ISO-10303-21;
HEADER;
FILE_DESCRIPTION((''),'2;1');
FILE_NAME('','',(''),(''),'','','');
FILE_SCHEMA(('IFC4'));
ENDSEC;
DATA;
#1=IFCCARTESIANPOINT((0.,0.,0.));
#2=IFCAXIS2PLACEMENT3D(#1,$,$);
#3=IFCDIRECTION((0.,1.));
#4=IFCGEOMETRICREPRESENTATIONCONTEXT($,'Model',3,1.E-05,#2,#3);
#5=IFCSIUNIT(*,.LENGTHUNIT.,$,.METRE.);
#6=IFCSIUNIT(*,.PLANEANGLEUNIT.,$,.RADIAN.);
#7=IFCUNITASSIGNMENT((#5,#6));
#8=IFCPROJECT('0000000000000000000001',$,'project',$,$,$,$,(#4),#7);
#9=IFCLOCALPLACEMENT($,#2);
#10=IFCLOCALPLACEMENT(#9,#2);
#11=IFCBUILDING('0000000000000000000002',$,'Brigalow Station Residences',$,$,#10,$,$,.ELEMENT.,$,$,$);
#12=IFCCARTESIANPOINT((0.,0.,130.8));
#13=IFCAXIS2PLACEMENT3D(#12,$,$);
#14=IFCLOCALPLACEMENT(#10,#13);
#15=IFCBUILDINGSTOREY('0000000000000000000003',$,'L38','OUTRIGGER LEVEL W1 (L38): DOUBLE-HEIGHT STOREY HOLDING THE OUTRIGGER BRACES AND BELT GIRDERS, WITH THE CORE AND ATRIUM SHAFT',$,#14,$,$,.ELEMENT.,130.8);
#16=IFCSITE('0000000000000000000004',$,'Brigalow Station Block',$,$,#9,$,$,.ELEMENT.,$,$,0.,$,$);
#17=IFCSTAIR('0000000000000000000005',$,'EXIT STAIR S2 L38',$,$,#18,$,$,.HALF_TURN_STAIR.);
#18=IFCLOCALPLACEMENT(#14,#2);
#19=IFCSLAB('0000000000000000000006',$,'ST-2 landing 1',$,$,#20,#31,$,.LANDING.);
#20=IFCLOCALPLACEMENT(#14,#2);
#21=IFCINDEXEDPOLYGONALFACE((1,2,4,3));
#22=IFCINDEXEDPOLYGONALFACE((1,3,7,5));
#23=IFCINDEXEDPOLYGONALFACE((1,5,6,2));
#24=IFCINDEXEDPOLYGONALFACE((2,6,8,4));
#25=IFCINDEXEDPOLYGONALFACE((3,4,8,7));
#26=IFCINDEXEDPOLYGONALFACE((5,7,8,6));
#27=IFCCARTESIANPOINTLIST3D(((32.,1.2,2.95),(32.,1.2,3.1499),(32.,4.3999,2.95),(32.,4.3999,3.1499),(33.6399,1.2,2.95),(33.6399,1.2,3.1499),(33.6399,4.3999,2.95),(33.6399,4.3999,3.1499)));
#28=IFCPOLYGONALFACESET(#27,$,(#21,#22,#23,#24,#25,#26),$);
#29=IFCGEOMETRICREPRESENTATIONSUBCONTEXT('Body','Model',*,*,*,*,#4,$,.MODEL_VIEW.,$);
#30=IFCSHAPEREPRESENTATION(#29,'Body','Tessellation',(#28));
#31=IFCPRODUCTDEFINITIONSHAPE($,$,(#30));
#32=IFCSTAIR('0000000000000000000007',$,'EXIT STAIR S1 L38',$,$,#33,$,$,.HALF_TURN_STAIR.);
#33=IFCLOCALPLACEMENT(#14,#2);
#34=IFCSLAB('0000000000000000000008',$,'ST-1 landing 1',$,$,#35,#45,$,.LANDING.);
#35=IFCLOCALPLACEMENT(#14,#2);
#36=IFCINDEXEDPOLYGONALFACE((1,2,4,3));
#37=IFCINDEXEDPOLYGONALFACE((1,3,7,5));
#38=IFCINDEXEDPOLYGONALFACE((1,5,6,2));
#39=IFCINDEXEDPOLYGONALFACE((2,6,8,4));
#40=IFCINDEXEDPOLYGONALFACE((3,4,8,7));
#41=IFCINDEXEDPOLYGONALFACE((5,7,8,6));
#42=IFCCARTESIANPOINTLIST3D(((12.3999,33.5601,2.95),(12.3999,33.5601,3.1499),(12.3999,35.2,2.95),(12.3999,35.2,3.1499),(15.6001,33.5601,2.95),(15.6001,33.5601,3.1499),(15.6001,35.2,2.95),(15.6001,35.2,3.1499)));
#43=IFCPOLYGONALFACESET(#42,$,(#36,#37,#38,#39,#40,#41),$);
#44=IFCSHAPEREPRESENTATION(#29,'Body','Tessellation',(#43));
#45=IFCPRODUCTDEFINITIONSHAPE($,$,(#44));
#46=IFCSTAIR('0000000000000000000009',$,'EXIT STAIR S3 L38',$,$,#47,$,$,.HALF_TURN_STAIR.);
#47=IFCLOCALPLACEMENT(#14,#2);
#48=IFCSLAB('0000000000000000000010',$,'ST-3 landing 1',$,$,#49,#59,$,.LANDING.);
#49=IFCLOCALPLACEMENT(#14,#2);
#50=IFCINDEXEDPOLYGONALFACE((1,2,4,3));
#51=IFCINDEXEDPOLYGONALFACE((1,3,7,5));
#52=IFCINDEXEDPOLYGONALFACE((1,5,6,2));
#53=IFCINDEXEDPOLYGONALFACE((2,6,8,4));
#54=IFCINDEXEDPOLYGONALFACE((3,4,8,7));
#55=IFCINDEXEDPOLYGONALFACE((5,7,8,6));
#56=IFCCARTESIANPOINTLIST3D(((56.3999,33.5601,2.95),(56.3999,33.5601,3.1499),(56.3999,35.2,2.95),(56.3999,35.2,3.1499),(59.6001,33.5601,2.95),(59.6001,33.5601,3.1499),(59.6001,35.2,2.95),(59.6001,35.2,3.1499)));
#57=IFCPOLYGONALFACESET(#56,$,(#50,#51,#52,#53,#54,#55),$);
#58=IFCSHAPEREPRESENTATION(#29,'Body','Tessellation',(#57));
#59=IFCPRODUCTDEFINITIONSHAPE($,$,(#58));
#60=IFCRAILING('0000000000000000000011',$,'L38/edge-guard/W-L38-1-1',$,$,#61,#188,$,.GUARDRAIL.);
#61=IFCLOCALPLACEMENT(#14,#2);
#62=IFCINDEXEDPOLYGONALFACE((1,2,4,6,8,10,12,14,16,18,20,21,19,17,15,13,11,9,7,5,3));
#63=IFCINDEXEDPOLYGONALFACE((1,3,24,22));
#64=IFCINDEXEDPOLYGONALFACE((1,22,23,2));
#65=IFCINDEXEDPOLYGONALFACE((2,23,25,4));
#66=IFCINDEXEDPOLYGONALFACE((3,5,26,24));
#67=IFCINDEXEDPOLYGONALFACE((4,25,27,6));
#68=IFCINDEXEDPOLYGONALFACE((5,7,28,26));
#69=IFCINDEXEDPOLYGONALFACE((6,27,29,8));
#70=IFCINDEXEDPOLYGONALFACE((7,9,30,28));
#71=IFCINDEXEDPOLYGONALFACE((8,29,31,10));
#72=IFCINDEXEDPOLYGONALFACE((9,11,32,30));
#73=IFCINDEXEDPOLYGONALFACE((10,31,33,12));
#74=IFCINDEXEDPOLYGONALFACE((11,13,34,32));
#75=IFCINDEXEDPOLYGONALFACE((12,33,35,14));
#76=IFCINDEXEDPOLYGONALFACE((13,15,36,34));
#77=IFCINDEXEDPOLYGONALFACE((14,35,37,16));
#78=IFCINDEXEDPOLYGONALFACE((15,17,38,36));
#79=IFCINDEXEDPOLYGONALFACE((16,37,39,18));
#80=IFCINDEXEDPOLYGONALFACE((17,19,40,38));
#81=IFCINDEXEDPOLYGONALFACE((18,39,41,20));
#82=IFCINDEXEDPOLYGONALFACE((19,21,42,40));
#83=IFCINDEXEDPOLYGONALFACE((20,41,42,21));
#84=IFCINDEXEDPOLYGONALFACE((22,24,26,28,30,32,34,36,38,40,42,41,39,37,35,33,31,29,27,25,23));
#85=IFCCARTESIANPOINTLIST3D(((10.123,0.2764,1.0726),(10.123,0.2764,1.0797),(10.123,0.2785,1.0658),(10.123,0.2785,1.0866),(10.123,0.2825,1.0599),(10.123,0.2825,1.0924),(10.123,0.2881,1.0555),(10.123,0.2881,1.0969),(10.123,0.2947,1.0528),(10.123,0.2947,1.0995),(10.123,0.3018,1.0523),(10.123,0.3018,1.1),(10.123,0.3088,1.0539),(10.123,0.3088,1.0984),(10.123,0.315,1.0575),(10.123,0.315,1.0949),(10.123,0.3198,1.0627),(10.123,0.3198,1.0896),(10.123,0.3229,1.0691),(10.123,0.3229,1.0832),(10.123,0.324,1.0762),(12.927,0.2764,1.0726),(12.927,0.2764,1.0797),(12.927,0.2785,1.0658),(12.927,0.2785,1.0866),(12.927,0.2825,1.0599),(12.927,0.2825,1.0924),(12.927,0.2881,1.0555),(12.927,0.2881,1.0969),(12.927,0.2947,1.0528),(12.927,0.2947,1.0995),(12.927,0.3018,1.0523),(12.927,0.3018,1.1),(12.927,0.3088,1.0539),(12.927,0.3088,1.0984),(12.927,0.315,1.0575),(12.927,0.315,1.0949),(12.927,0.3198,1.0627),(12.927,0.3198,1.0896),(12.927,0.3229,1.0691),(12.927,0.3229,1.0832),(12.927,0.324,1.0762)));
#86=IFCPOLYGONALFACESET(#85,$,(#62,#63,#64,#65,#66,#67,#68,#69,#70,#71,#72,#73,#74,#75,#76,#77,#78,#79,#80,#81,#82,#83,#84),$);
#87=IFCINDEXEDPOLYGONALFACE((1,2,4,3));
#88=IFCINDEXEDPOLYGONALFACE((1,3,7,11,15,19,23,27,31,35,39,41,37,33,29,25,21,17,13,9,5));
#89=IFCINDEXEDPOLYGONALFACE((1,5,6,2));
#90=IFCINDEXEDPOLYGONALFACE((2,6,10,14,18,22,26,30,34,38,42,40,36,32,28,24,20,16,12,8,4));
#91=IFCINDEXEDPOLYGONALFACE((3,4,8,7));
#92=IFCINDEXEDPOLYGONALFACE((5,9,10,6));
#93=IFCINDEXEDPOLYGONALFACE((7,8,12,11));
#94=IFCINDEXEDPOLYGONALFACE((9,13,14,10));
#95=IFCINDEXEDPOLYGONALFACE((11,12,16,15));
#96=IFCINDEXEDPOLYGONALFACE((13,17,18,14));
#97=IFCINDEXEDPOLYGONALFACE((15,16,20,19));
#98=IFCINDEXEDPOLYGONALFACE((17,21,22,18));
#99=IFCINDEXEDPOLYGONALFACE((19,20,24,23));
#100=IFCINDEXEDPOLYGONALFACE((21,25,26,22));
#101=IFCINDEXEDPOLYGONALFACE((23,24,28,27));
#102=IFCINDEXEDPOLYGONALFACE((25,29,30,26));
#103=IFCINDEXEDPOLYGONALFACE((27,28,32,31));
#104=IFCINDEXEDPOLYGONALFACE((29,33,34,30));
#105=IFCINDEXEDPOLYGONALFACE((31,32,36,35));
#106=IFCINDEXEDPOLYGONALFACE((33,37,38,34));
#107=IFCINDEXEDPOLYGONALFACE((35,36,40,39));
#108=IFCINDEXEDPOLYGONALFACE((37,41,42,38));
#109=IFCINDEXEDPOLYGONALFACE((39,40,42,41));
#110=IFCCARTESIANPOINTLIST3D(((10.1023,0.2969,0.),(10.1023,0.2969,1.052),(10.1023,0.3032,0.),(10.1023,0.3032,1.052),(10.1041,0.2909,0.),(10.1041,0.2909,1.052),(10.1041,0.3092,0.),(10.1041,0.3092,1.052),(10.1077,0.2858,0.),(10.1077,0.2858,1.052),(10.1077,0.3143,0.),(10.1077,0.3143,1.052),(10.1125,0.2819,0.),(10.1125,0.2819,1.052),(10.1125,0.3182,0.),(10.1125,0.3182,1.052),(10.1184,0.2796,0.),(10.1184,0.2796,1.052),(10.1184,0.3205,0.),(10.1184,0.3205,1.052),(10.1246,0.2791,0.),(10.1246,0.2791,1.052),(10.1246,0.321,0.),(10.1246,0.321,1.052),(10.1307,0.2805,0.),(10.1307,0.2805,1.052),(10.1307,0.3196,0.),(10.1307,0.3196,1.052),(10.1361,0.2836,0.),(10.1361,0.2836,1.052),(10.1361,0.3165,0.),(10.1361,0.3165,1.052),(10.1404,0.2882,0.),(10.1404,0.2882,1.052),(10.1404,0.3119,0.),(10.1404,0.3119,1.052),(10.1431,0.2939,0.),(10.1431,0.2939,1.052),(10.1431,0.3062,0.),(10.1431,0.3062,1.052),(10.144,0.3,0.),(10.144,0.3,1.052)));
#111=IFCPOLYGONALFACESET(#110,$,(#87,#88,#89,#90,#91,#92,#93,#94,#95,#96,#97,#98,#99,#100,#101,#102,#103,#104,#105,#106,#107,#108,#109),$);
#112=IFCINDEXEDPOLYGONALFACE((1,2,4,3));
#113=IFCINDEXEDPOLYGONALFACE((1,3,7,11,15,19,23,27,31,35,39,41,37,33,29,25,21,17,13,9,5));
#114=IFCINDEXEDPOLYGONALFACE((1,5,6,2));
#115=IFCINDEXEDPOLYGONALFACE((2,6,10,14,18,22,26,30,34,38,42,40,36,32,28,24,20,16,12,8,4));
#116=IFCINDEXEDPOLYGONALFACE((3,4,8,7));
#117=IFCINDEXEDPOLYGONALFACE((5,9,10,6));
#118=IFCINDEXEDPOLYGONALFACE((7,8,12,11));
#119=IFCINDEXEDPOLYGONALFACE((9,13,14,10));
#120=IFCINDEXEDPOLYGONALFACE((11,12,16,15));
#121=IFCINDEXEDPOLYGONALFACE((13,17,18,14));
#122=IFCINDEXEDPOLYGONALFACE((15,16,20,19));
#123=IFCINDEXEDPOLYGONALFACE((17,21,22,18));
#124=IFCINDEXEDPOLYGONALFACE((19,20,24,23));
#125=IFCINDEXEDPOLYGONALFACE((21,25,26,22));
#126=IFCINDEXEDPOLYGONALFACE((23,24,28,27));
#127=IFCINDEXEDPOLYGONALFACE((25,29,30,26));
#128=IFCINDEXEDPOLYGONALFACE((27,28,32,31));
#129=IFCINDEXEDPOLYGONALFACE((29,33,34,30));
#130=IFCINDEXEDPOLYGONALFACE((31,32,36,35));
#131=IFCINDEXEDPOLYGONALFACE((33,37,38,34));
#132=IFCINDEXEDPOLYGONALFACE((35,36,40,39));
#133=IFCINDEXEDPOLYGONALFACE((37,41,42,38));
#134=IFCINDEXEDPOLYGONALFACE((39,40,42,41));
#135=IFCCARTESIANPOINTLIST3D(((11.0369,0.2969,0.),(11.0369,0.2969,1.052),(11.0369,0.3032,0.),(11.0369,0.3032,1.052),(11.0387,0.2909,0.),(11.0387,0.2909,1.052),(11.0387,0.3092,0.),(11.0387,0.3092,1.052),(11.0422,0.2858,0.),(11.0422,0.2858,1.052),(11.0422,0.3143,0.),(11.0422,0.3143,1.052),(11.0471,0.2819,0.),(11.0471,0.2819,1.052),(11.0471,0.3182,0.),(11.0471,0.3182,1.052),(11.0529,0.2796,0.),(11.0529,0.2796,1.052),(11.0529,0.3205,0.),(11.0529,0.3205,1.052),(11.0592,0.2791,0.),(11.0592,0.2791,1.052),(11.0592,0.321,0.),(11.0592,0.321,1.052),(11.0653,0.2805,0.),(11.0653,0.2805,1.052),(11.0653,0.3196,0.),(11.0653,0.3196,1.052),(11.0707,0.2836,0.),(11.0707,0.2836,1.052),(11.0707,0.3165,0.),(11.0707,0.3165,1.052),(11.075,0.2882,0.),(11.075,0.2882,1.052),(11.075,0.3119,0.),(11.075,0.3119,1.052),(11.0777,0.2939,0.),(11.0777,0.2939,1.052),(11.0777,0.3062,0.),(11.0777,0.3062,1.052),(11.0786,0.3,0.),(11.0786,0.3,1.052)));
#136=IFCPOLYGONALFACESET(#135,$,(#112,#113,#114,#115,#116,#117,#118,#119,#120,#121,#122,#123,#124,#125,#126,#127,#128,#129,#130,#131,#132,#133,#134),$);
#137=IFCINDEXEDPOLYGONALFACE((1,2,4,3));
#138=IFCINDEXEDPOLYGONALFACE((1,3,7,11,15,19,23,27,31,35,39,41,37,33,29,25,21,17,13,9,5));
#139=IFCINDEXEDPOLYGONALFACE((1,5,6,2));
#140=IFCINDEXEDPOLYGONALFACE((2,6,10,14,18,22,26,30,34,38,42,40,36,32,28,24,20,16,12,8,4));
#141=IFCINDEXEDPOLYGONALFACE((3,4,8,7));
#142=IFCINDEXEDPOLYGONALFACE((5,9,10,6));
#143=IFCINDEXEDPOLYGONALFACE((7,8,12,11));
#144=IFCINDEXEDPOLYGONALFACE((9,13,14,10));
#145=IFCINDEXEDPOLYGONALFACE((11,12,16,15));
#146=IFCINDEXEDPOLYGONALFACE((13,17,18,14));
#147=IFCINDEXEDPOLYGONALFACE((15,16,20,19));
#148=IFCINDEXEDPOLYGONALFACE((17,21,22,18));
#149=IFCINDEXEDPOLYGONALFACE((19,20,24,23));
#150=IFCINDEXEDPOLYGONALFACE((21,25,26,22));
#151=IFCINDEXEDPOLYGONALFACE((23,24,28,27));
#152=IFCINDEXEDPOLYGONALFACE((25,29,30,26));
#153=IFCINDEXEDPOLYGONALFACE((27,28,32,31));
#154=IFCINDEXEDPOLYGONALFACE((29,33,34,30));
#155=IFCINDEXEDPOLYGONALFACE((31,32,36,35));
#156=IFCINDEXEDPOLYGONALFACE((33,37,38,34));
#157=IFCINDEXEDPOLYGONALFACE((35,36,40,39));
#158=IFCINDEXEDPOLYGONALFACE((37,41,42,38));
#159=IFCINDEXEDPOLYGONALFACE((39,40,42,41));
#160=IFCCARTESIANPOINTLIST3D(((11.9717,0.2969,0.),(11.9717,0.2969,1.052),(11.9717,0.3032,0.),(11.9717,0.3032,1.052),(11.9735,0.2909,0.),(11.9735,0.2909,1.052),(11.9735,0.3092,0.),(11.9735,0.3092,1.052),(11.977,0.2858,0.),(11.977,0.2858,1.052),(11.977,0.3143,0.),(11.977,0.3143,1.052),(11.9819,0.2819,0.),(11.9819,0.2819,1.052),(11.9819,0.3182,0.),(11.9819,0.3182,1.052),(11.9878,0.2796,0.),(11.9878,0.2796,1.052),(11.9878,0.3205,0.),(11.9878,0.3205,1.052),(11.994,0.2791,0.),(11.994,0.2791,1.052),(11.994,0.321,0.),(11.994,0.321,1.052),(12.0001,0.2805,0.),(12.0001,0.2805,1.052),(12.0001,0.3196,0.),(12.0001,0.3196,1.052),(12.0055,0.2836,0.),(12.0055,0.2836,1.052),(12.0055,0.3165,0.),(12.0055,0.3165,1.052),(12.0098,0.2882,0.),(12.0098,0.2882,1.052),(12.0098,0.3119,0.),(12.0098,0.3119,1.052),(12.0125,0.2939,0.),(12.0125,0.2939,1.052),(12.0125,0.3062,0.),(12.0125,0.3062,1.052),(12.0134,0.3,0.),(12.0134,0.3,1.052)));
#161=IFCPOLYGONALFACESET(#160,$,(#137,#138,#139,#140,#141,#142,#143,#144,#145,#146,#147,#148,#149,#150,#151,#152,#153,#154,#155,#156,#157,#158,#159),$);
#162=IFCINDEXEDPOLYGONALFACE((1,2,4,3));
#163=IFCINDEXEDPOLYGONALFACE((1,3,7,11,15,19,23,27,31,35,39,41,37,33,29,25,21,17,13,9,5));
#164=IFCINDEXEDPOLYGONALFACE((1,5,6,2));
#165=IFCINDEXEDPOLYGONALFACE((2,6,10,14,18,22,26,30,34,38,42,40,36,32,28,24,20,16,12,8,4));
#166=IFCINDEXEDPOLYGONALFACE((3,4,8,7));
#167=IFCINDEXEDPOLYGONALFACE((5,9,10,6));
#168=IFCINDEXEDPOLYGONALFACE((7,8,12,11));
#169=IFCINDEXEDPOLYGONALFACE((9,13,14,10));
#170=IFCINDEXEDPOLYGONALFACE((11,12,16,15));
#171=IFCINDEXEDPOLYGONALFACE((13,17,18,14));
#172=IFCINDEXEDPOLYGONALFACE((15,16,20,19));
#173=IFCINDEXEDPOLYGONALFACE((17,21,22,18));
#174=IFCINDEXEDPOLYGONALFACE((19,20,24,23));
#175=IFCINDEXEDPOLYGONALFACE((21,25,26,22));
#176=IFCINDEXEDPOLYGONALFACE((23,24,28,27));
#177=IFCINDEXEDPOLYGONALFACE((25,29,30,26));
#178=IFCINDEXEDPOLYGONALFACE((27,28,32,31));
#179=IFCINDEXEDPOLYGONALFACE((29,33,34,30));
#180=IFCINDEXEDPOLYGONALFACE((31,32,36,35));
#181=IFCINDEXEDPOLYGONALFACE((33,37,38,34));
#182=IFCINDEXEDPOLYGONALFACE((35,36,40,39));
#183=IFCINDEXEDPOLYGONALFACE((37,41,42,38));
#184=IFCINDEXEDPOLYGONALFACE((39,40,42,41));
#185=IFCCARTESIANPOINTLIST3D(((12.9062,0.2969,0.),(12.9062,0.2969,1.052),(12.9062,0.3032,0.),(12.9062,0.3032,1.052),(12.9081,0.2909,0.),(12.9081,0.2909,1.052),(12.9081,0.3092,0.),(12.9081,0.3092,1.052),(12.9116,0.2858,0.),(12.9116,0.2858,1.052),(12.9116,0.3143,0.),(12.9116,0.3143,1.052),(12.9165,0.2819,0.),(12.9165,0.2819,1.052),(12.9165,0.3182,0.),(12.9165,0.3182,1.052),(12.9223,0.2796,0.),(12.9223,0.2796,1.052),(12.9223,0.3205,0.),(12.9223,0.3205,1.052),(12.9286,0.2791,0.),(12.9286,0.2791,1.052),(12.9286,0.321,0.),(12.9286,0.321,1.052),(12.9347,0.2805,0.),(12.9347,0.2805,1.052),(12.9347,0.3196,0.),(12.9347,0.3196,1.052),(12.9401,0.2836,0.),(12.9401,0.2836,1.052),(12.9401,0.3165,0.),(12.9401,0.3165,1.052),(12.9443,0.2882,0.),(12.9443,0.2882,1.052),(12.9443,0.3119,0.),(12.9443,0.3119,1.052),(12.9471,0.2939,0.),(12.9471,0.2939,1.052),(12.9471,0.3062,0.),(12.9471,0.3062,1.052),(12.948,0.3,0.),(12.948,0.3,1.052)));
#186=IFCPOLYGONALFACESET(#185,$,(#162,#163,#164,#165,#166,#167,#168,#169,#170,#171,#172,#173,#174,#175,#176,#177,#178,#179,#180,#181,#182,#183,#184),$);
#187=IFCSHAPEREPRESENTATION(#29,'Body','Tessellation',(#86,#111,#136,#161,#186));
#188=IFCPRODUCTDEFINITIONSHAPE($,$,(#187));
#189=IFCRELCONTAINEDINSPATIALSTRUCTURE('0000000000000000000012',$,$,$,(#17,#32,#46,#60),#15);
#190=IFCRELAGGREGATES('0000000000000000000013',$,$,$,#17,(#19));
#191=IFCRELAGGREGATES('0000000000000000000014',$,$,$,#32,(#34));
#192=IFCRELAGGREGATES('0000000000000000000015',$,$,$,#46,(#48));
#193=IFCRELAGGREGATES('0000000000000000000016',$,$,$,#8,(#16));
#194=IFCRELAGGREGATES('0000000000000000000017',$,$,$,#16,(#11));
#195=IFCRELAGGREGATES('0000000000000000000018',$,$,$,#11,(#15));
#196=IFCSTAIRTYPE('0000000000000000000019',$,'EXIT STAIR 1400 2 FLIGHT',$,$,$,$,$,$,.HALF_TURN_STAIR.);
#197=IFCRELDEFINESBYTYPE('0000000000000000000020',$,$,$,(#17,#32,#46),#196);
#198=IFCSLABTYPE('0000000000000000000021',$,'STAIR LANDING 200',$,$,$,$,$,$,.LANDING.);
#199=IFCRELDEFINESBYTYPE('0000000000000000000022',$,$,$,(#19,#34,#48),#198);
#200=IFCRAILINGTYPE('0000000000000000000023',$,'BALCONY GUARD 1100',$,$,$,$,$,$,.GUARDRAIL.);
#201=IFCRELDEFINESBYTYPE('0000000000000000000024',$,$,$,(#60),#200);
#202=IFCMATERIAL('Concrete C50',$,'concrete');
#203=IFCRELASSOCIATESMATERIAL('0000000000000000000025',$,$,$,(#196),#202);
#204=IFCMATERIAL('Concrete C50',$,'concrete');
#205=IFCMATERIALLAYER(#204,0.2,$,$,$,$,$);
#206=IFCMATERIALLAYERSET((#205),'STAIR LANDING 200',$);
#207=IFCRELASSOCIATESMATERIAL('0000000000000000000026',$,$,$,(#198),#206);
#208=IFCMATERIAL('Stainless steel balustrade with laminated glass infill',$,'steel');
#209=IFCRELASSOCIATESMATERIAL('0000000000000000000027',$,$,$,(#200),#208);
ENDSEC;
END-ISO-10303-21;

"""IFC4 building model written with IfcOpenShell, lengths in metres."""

from ifc_helpers import new_model, si_unit, direction, frame, origin, origin_2d, place, context, subcontext, project, spatial, polyline, circle, outline, extrude, material, layer, layer_set, type_object, element, aggregate, save


model = new_model("IFC4")

# Units and contexts
model_context = context("Model", 3, precision=1e-05, world=origin(), true_north=direction((0.0, 1.0)))
body_context = subcontext(model_context, "Body", "Model", "MODEL_VIEW")
ifc_project = project(units=[si_unit("LENGTHUNIT", "METRE"), si_unit("PLANEANGLEUNIT", "RADIAN")], contexts=[model_context])

# Site, building, storey
site_placement = place(None, origin())
site = spatial("IfcSite", under=ifc_project, at=site_placement, Name="Brigalow Station Block", CompositionType="ELEMENT", RefElevation=0.0)
building_placement = place(site_placement, origin())
building = spatial("IfcBuilding", under=site, at=building_placement, Name="Brigalow Station Residences", CompositionType="ELEMENT")
storey_placement = place(building_placement, frame((0.0, 0.0, 130.8)))
storey = spatial("IfcBuildingStorey", under=building, at=storey_placement, Name="L38", Description="OUTRIGGER LEVEL W1 (L38): DOUBLE-HEIGHT STOREY HOLDING THE OUTRIGGER BRACES AND BELT GIRDERS, WITH THE CORE AND ATRIUM SHAFT", CompositionType="ELEMENT", Elevation=130.8)

# Stairs, slabs
ifc_material_1 = material(Name="Concrete C50", Category="concrete")
stair_type = type_object("IfcStairType", Name="EXIT STAIR 1400 2 FLIGHT", PredefinedType="HALF_TURN_STAIR", material=ifc_material_1)
stair_1_placement = place(storey_placement, origin())
stair_1 = element("IfcStair", 1, at=stair_1_placement, inside=storey, type_object=stair_type, Name="EXIT STAIR S2 L38", PredefinedType="HALF_TURN_STAIR")
ifc_material_2 = material(Name="Concrete C50", Category="concrete")
ifc_layer_1 = layer(ifc_material_2, 0.2)
ifc_layer_set_1 = layer_set([ifc_layer_1], Name="STAIR LANDING 200")
slab_type_1 = type_object("IfcSlabType", Name="STAIR LANDING 200", PredefinedType="LANDING", material=ifc_layer_set_1)
slab_1_placement = place(storey_placement, frame((0.0, 0.0, 2.95)))
slab_1 = element("IfcSlab", 2, at=slab_1_placement, type_object=slab_type_1, Name="ST-2 landing 1", PredefinedType="LANDING", context=body_context, shape_type="SweptSolid", body=[
    extrude(outline(polyline([(32.0, 1.2), (33.6399, 1.2), (33.6399, 4.3999), (32.0, 4.3999), (32.0, 1.2)])), origin(), (0.0, 0.0, 1.0), 0.2),
])
aggregate(stair_1, [slab_1])
stair_2_placement = place(storey_placement, origin())
stair_2 = element("IfcStair", 3, at=stair_2_placement, inside=storey, type_object=stair_type, Name="EXIT STAIR S1 L38", PredefinedType="HALF_TURN_STAIR")
slab_2_placement = place(storey_placement, frame((0.0, 0.0, 2.95)))
slab_2 = element("IfcSlab", 4, at=slab_2_placement, type_object=slab_type_1, Name="ST-1 landing 1", PredefinedType="LANDING", context=body_context, shape_type="SweptSolid", body=[
    extrude(outline(polyline([(12.3999, 33.5601), (15.6001, 33.5601), (15.6001, 35.2), (12.3999, 35.2), (12.3999, 33.5601)])), origin(), (0.0, 0.0, 1.0), 0.2),
])
aggregate(stair_2, [slab_2])
stair_3_placement = place(storey_placement, origin())
stair_3 = element("IfcStair", 5, at=stair_3_placement, inside=storey, type_object=stair_type, Name="EXIT STAIR S3 L38", PredefinedType="HALF_TURN_STAIR")
slab_3_placement = place(storey_placement, frame((0.0, 0.0, 2.95)))
slab_3 = element("IfcSlab", 6, at=slab_3_placement, type_object=slab_type_1, Name="ST-3 landing 1", PredefinedType="LANDING", context=body_context, shape_type="SweptSolid", body=[
    extrude(outline(polyline([(56.3999, 33.5601), (59.6001, 33.5601), (59.6001, 35.2), (56.3999, 35.2), (56.3999, 33.5601)])), origin(), (0.0, 0.0, 1.0), 0.2),
])
aggregate(stair_3, [slab_3])

# Railing
ifc_material_3 = material(Name="Stainless steel balustrade with laminated glass infill", Category="steel")
railing_type = type_object("IfcRailingType", Name="BALCONY GUARD 1100", PredefinedType="GUARDRAIL", material=ifc_material_3)
railing_1_placement = place(storey_placement, frame((10.123, 0.3, 0.0)))
element("IfcRailing", 7, at=railing_1_placement, inside=storey, type_object=railing_type, Name="L38/edge-guard/W-L38-1-1", PredefinedType="GUARDRAIL", context=body_context, shape_type="SweptSolid", body=[
    extrude(circle(Radius=0.0239, at=origin_2d()), frame((0.0, 0.0, 1.0762), z_axis=(1.0, 0.0, 0.0), x_axis=(0.0, 1.0, 0.0)), (0.0, 0.0, 1.0), 2.804),
    extrude(circle(Radius=0.021, at=origin_2d()), origin(), (0.0, 0.0, 1.0), 1.052),
    extrude(circle(Radius=0.021, at=origin_2d()), frame((0.9346, 0.0, 0.0)), (0.0, 0.0, 1.0), 1.052),
    extrude(circle(Radius=0.021, at=origin_2d()), frame((1.8694, 0.0, 0.0)), (0.0, 0.0, 1.0), 1.052),
    extrude(circle(Radius=0.021, at=origin_2d()), frame((2.804, 0.0, 0.0)), (0.0, 0.0, 1.0), 1.052),
])

save(model, "model.ifc")
